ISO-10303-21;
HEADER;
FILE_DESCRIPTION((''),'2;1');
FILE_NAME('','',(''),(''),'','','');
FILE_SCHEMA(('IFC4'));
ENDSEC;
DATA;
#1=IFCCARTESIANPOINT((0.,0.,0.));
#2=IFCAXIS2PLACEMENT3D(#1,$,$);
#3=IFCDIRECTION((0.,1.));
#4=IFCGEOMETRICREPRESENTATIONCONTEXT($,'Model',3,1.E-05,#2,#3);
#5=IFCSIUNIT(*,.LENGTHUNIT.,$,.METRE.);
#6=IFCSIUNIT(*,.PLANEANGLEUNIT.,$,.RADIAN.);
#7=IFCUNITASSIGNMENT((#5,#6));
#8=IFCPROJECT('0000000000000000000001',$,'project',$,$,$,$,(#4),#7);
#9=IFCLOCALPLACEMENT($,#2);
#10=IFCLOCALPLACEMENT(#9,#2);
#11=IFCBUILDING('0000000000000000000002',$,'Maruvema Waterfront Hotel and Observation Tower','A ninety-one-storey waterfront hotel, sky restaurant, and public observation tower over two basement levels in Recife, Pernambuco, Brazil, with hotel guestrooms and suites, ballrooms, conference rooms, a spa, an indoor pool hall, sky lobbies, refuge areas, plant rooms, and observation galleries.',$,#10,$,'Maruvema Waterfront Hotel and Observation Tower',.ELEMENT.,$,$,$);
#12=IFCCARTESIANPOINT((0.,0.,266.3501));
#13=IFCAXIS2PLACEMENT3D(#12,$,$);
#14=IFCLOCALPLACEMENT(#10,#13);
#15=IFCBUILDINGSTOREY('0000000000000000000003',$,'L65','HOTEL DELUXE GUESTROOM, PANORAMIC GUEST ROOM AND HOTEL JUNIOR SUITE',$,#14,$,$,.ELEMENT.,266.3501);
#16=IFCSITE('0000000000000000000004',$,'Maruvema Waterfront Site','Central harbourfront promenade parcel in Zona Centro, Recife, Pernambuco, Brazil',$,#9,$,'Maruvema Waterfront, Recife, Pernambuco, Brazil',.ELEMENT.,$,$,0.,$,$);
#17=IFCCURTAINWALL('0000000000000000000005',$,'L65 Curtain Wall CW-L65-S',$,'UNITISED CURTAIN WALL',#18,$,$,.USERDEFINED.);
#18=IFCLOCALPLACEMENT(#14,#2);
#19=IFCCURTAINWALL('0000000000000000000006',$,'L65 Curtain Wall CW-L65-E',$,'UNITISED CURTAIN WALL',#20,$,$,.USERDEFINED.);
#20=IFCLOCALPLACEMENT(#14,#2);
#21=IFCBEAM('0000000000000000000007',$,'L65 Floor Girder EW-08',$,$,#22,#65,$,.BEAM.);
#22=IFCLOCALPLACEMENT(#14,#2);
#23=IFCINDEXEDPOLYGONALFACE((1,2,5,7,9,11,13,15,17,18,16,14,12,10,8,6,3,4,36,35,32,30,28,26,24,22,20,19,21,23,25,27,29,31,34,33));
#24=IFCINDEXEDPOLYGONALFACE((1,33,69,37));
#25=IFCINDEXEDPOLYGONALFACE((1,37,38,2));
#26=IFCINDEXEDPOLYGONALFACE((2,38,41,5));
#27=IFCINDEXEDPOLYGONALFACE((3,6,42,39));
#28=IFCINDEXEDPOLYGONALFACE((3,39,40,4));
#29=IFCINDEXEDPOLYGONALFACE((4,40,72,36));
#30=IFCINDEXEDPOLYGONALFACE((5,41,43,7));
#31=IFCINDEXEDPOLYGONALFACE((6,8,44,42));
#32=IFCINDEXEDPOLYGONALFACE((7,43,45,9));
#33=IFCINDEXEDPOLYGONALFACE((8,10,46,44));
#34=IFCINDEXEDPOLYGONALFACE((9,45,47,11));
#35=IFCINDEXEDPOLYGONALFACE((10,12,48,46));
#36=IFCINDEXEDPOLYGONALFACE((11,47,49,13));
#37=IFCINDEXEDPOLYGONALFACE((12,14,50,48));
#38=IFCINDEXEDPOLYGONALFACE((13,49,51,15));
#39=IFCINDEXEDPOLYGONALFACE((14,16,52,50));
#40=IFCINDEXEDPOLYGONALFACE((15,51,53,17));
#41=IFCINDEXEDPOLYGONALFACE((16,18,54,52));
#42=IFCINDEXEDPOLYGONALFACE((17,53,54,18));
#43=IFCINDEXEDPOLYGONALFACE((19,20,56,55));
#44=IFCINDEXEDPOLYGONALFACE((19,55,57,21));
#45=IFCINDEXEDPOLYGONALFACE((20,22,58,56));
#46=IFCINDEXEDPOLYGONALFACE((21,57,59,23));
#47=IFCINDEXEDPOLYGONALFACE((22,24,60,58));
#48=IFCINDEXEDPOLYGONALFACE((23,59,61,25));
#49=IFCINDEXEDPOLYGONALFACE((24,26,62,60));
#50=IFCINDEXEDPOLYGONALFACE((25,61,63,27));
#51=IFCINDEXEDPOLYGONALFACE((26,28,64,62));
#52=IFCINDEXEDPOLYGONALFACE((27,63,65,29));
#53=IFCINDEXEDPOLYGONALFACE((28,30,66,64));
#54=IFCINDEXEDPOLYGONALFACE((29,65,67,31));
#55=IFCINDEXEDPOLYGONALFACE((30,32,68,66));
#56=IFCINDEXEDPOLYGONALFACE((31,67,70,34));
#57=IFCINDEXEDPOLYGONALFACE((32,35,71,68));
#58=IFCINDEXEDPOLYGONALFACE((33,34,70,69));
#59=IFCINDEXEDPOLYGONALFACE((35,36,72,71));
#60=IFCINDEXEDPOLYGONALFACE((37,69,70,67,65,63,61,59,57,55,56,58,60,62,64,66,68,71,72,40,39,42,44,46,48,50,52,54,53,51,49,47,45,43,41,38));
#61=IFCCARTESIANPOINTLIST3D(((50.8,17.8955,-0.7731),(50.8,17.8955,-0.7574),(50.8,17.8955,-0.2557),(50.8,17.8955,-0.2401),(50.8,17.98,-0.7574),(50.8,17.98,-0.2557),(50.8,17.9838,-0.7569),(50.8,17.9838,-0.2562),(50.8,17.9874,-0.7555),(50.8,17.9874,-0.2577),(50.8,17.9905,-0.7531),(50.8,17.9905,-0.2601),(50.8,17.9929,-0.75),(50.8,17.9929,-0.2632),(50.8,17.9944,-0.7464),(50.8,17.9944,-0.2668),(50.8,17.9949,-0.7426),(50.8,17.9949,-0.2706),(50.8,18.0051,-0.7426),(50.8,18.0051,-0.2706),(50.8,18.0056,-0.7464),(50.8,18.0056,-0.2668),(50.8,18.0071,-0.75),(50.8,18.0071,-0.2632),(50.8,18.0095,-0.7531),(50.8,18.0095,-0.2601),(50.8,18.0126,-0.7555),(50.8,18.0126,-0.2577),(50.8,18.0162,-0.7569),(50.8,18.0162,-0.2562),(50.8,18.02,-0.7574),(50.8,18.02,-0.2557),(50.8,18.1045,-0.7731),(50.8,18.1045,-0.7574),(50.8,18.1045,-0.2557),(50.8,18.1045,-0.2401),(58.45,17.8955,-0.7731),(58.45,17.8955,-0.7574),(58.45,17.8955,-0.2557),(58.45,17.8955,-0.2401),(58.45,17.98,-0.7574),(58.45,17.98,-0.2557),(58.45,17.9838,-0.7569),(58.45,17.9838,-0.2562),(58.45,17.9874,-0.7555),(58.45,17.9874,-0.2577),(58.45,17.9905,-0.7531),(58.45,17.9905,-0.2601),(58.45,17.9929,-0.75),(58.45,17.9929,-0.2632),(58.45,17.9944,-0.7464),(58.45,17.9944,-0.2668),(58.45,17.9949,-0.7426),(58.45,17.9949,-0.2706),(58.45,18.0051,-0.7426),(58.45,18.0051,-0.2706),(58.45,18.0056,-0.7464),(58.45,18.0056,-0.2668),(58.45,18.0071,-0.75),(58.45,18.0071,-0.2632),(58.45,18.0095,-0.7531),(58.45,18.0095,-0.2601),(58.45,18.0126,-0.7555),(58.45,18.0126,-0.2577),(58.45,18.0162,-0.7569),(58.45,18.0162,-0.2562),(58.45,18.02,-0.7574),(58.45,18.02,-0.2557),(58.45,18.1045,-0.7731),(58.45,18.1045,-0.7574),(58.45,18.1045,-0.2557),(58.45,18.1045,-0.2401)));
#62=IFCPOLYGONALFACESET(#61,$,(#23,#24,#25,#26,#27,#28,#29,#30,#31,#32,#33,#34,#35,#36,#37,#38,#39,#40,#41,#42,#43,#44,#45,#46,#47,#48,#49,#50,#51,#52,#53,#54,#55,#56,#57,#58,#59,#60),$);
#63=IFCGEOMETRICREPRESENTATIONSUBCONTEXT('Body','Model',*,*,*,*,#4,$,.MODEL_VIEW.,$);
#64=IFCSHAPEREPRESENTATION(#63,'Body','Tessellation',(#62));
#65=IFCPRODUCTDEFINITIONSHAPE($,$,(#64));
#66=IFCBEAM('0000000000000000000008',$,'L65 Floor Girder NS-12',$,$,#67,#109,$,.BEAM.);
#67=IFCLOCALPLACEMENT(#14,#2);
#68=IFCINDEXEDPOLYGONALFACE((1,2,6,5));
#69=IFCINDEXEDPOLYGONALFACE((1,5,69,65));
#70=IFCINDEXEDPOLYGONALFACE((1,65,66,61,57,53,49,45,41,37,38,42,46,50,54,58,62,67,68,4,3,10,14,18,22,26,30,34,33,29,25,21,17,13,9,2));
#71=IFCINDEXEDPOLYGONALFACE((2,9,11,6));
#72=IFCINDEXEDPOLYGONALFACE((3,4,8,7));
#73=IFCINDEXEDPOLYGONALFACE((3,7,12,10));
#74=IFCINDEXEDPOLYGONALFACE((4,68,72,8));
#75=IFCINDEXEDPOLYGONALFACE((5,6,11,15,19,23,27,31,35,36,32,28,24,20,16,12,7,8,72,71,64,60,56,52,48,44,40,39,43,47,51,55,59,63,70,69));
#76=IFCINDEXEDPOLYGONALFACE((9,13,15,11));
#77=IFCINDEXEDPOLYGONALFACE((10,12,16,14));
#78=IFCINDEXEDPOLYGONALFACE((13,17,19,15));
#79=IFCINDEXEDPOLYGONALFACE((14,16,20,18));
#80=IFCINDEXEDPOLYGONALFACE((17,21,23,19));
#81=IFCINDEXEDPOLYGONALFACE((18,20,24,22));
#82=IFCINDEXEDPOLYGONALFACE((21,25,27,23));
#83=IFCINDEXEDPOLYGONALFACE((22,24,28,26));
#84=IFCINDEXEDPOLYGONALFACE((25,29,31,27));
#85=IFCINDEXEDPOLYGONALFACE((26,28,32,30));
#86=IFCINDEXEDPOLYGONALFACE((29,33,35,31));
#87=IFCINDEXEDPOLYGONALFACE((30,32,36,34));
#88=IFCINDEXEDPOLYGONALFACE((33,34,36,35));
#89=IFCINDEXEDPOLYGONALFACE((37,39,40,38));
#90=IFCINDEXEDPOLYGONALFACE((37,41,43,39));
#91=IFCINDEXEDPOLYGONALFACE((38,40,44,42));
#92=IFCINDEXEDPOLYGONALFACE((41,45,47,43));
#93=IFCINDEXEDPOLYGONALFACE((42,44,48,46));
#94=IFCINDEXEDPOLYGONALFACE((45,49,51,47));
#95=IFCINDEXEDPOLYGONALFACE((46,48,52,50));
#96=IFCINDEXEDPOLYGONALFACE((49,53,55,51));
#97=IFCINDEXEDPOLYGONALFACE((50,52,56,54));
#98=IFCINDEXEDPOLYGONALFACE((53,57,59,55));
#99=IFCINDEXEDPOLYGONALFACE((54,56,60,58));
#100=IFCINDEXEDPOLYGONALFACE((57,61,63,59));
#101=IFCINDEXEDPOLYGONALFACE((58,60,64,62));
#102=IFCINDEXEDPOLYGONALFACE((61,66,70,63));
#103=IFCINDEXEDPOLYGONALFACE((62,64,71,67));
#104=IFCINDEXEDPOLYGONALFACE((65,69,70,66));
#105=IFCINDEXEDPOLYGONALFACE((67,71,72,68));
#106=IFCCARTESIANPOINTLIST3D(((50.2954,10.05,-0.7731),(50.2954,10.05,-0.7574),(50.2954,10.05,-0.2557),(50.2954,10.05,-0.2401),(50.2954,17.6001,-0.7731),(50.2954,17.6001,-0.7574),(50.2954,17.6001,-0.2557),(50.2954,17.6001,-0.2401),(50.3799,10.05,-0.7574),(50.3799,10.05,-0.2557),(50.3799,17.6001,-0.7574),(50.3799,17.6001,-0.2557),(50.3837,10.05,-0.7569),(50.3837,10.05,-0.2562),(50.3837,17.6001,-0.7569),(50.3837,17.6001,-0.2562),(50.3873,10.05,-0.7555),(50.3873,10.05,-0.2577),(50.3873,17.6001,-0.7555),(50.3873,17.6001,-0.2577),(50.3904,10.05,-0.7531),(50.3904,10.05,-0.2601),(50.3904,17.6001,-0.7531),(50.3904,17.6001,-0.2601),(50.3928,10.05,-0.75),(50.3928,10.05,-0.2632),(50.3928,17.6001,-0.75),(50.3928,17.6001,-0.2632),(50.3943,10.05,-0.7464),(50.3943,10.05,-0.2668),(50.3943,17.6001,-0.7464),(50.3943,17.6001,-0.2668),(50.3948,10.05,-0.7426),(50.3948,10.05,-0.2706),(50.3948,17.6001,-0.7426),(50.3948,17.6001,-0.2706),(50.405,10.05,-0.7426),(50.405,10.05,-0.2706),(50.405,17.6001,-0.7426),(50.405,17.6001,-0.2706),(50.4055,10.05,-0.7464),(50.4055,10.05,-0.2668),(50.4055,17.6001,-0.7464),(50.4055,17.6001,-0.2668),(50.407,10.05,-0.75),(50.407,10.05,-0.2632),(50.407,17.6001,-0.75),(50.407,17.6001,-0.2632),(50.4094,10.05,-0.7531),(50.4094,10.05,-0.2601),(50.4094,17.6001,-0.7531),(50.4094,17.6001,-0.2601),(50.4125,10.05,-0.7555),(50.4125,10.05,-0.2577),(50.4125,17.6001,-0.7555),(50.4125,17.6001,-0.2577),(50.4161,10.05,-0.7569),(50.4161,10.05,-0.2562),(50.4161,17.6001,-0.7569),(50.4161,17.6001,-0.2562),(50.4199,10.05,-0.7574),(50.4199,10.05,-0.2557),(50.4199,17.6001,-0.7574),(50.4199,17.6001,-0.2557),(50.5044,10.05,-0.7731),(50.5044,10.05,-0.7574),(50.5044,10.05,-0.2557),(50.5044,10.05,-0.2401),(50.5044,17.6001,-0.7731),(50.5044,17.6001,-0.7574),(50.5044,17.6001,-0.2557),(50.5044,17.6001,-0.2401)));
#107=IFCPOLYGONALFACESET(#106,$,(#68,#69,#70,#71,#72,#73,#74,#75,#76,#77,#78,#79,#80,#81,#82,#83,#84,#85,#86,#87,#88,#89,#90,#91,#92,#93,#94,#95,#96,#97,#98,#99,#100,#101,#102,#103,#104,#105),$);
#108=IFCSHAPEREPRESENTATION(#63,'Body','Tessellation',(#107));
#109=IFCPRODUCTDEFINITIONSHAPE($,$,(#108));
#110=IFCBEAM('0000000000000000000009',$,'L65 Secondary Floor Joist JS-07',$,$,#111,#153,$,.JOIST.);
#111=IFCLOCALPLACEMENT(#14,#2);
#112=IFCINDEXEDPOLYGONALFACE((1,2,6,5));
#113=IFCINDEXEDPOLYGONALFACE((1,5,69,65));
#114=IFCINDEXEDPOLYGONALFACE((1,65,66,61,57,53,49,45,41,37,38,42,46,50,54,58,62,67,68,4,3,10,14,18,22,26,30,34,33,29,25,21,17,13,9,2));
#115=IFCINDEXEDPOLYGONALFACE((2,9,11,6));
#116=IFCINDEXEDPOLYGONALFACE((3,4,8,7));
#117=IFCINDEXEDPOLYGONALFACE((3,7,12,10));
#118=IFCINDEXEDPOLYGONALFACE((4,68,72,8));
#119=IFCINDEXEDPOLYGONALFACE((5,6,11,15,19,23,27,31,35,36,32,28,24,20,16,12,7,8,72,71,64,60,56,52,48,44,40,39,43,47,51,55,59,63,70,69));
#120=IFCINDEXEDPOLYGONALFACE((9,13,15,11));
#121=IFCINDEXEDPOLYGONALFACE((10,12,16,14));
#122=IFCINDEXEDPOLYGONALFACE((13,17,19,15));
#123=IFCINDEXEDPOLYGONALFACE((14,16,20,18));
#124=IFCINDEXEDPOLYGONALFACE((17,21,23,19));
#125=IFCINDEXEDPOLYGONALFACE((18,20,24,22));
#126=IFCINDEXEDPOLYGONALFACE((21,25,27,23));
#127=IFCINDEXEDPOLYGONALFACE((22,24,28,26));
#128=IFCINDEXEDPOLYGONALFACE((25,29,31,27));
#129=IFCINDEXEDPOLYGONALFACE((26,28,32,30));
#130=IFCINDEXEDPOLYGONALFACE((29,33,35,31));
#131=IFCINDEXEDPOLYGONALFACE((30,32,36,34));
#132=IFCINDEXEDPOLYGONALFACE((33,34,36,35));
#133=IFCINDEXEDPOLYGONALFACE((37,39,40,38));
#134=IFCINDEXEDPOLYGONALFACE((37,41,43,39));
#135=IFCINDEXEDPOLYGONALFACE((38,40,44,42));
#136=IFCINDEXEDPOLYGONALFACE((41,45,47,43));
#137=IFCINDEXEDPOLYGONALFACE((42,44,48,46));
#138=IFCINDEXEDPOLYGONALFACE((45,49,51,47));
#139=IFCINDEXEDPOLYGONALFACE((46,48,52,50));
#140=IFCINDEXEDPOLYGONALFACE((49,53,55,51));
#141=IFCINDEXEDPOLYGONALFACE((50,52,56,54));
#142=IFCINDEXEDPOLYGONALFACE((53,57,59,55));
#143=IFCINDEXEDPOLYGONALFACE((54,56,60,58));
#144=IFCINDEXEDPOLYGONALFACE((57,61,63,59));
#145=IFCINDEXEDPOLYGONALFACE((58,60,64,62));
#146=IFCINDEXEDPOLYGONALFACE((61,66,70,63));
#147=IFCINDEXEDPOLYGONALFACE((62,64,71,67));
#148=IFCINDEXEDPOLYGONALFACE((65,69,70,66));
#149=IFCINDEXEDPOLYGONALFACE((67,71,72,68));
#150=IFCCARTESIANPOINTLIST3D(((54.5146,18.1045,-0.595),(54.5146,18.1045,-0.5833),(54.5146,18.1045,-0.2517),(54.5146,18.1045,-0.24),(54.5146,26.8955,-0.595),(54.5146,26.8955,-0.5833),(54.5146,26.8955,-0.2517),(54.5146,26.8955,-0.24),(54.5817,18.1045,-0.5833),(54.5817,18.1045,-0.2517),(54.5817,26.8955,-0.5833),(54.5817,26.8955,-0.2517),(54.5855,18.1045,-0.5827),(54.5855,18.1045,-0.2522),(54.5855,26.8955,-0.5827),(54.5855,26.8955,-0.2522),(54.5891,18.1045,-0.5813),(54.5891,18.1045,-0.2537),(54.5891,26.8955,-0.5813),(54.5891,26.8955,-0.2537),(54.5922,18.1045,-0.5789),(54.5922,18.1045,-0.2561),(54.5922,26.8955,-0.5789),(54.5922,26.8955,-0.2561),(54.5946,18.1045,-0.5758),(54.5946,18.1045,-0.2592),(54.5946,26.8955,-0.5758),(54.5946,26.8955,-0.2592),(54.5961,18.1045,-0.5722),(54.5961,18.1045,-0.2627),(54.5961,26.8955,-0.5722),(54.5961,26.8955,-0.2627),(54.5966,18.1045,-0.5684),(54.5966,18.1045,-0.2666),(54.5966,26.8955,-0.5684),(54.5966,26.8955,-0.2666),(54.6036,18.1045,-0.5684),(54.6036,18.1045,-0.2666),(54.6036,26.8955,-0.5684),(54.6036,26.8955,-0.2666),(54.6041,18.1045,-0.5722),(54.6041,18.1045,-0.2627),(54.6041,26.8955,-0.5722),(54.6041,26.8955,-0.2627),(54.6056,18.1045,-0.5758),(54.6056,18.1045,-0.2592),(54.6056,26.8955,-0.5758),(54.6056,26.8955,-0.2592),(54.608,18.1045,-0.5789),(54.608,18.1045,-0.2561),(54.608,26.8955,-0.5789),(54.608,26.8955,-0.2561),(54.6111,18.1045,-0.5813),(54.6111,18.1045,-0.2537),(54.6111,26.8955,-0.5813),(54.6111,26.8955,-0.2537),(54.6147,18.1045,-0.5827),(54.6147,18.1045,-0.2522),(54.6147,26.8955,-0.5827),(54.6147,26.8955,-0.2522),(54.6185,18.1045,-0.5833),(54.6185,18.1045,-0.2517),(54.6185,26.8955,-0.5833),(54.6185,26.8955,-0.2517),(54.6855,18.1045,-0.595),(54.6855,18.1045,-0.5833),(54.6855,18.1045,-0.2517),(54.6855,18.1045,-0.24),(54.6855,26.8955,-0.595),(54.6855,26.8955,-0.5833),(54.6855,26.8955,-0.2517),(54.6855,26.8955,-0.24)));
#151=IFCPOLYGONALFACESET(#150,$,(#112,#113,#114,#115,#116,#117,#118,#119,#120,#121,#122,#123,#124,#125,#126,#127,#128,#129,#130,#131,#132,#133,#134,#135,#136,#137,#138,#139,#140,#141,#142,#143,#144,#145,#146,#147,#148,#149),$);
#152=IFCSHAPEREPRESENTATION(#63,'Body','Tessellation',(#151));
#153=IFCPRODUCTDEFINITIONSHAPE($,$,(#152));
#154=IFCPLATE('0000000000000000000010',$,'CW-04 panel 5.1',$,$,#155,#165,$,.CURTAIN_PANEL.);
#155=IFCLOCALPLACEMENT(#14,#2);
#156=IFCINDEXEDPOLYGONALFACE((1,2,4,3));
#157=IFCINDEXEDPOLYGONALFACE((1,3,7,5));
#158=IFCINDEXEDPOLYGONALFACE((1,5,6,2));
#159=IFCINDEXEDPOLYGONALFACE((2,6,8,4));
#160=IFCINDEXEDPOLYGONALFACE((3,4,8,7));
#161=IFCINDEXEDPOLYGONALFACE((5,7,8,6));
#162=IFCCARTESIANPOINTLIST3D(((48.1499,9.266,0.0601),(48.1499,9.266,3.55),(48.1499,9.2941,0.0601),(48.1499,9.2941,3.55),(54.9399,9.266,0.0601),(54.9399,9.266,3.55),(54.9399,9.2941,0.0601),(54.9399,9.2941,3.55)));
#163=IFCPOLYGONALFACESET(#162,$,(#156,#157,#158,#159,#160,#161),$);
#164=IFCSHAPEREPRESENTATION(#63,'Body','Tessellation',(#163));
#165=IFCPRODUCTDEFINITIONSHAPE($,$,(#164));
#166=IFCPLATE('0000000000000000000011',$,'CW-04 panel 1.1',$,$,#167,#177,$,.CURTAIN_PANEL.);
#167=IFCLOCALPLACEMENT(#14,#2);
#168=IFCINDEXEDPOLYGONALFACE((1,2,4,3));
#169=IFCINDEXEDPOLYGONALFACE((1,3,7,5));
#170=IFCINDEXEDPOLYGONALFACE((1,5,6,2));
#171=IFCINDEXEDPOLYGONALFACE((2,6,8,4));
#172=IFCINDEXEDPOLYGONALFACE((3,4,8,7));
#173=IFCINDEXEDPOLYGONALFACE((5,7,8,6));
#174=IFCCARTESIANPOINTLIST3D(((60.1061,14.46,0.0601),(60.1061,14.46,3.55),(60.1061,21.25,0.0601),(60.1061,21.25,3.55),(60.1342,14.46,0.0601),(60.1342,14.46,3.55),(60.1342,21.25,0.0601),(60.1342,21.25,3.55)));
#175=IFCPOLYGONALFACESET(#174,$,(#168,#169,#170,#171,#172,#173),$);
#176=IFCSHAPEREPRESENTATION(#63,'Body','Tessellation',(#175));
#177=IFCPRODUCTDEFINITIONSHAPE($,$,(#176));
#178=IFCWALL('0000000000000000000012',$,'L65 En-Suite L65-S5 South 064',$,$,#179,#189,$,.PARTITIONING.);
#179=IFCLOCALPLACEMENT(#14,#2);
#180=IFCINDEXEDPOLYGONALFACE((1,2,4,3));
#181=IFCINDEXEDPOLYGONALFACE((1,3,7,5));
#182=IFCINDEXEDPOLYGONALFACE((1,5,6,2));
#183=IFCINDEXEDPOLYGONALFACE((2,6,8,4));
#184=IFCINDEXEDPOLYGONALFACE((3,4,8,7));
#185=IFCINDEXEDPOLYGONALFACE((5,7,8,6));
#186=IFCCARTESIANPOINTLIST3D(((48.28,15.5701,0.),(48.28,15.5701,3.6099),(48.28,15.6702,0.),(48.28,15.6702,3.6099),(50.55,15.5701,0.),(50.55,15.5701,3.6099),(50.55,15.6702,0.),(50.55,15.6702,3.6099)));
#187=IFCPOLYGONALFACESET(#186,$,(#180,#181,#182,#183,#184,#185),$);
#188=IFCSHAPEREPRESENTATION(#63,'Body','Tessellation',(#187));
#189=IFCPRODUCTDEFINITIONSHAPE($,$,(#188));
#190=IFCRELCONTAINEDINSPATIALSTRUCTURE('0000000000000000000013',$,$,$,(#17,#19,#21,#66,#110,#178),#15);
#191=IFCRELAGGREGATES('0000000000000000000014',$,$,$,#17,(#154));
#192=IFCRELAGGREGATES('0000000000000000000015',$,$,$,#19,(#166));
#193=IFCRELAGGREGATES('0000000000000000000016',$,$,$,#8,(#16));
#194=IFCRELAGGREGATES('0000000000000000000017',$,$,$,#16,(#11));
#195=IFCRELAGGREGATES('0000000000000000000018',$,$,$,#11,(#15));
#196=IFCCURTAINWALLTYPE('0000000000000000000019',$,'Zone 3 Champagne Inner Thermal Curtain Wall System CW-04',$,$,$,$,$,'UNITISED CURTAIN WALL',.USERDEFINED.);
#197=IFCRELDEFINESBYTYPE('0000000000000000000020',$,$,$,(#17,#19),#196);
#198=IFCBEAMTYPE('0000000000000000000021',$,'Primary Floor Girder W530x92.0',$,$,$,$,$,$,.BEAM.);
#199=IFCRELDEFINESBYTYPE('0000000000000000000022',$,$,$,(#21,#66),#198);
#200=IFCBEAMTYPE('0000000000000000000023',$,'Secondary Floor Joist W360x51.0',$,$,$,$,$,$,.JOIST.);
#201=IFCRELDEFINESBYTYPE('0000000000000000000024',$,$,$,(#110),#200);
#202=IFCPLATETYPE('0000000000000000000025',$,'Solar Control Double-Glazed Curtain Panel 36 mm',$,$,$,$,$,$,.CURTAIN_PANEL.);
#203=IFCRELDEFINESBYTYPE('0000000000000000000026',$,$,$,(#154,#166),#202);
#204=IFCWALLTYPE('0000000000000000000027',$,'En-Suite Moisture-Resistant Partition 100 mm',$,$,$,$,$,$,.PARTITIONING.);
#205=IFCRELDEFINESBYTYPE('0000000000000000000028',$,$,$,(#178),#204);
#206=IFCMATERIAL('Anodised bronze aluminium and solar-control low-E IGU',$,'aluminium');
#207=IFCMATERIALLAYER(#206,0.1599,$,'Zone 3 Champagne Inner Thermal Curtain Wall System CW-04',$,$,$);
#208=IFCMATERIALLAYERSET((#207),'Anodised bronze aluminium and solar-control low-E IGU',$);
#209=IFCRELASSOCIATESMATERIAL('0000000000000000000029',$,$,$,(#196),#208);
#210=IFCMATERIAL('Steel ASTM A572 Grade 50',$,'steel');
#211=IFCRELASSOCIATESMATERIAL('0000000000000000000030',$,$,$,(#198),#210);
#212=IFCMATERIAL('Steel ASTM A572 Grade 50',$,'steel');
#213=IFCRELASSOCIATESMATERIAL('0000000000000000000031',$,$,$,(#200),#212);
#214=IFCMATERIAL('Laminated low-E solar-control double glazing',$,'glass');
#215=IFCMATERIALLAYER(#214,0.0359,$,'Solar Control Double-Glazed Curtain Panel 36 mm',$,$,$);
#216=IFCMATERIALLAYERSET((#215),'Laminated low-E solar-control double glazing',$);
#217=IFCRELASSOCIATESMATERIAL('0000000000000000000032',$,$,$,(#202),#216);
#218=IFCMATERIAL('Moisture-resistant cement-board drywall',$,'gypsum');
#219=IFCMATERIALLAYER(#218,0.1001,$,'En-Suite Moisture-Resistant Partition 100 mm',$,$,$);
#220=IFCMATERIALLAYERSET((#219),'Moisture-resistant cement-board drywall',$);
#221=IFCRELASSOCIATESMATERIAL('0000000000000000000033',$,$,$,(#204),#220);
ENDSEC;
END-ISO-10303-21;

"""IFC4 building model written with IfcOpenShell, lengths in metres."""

from ifc_helpers import new_model, si_unit, direction, frame, frame_2d, origin, origin_2d, place, context, subcontext, project, spatial, rectangle, i_section, extrude, material, layer, layer_set, material_profile, profile_set, type_object, element, aggregate, save


model = new_model("IFC4")

# Units and contexts
model_context = context("Model", 3, precision=1e-05, world=origin(), true_north=direction((0.0, 1.0)))
body_context = subcontext(model_context, "Body", "Model", "MODEL_VIEW")
ifc_project = project(units=[si_unit("LENGTHUNIT", "METRE"), si_unit("PLANEANGLEUNIT", "RADIAN")], contexts=[model_context])

# Site, building, storey
site_placement = place(None, origin())
site = spatial("IfcSite", under=ifc_project, at=site_placement, Name="Maruvema Waterfront Site", Description="Central harbourfront promenade parcel in Zona Centro, Recife, Pernambuco, Brazil", LongName="Maruvema Waterfront, Recife, Pernambuco, Brazil", CompositionType="ELEMENT", RefElevation=0.0)
building_placement = place(site_placement, origin())
building = spatial("IfcBuilding", under=site, at=building_placement, Name="Maruvema Waterfront Hotel and Observation Tower", Description="A ninety-one-storey waterfront hotel, sky restaurant, and public observation tower over two basement levels in Recife, Pernambuco, Brazil, with hotel guestrooms and suites, ballrooms, conference rooms, a spa, an indoor pool hall, sky lobbies, refuge areas, plant rooms, and observation galleries.", LongName="Maruvema Waterfront Hotel and Observation Tower", CompositionType="ELEMENT")
storey_placement = place(building_placement, frame((0.0, 0.0, 266.3501)))
storey = spatial("IfcBuildingStorey", under=building, at=storey_placement, Name="L65", Description="HOTEL DELUXE GUESTROOM, PANORAMIC GUEST ROOM AND HOTEL JUNIOR SUITE", CompositionType="ELEMENT", Elevation=266.3501)

# Curtain walls
ifc_material_1 = material(Name="Anodised bronze aluminium and solar-control low-E IGU", Category="aluminium")
ifc_layer_1 = layer(ifc_material_1, 0.1599, Name="Zone 3 Champagne Inner Thermal Curtain Wall System CW-04")
ifc_layer_set_1 = layer_set([ifc_layer_1], Name="Anodised bronze aluminium and solar-control low-E IGU")
curtain_wall_type = type_object("IfcCurtainWallType", Name="Zone 3 Champagne Inner Thermal Curtain Wall System CW-04", ElementType="UNITISED CURTAIN WALL", PredefinedType="USERDEFINED", material=ifc_layer_set_1)
curtain_wall_1_placement = place(storey_placement, origin())
curtain_wall_1 = element("IfcCurtainWall", 1, at=curtain_wall_1_placement, inside=storey, type_object=curtain_wall_type, Name="L65 Curtain Wall CW-L65-S", ObjectType="UNITISED CURTAIN WALL", PredefinedType="USERDEFINED")
curtain_wall_2_placement = place(storey_placement, origin())
curtain_wall_2 = element("IfcCurtainWall", 2, at=curtain_wall_2_placement, inside=storey, type_object=curtain_wall_type, Name="L65 Curtain Wall CW-L65-E", ObjectType="UNITISED CURTAIN WALL", PredefinedType="USERDEFINED")

# Beams
ifc_material_2 = material(Name="Steel ASTM A572 Grade 50", Category="steel")
ifc_material_profile_1 = material_profile(ifc_material_2, i_section(OverallWidth=0.209, OverallDepth=0.533, WebThickness=0.0103, FlangeThickness=0.0156, FilletRadius=0.0149, at=origin_2d()), Name="W530x92.0")
ifc_profile_set_1 = profile_set([ifc_material_profile_1], Name="Steel ASTM A572 Grade 50")
beam_type_1 = type_object("IfcBeamType", Name="Primary Floor Girder W530x92.0", PredefinedType="BEAM", material=ifc_profile_set_1)
beam_1_placement = place(storey_placement, frame((50.8, 18.0, -0.5066), z_axis=(1.0, 0.0, 0.0), x_axis=(0.0, 1.0, 0.0)))
element("IfcBeam", 3, at=beam_1_placement, inside=storey, type_object=beam_type_1, Name="L65 Floor Girder EW-08", PredefinedType="BEAM", context=body_context, shape_type="SweptSolid", body=[
    extrude(i_section(OverallWidth=0.209, OverallDepth=0.533, WebThickness=0.0103, FlangeThickness=0.0156, FilletRadius=0.0149, at=origin_2d()), origin(), (0.0, 0.0, 1.0), 7.6499),
])
beam_2_placement = place(storey_placement, frame((50.3999, 10.05, -0.5066), z_axis=(0.0, 1.0, 0.0), x_axis=(-1.0, 0.0, 0.0)))
element("IfcBeam", 4, at=beam_2_placement, inside=storey, type_object=beam_type_1, Name="L65 Floor Girder NS-12", PredefinedType="BEAM", context=body_context, shape_type="SweptSolid", body=[
    extrude(i_section(OverallWidth=0.209, OverallDepth=0.533, WebThickness=0.0103, FlangeThickness=0.0156, FilletRadius=0.0149, at=origin_2d()), origin(), (0.0, 0.0, 1.0), 7.55),
])
ifc_material_3 = material(Name="Steel ASTM A572 Grade 50", Category="steel")
ifc_material_profile_2 = material_profile(ifc_material_3, i_section(OverallWidth=0.1709, OverallDepth=0.355, WebThickness=0.0071, FlangeThickness=0.0117, FilletRadius=0.0149, at=origin_2d()), Name="W360x51.0")
ifc_profile_set_2 = profile_set([ifc_material_profile_2], Name="Steel ASTM A572 Grade 50")
beam_type_2 = type_object("IfcBeamType", Name="Secondary Floor Joist W360x51.0", PredefinedType="JOIST", material=ifc_profile_set_2)
beam_3_placement = place(storey_placement, frame((54.6001, 18.1045, -0.4175), z_axis=(0.0, 1.0, 0.0), x_axis=(-1.0, 0.0, 0.0)))
element("IfcBeam", 5, at=beam_3_placement, inside=storey, type_object=beam_type_2, Name="L65 Secondary Floor Joist JS-07", PredefinedType="JOIST", context=body_context, shape_type="SweptSolid", body=[
    extrude(i_section(OverallWidth=0.1709, OverallDepth=0.355, WebThickness=0.0071, FlangeThickness=0.0117, FilletRadius=0.0149, at=origin_2d()), origin(), (0.0, 0.0, 1.0), 8.791),
])

# Plates
ifc_material_4 = material(Name="Laminated low-E solar-control double glazing", Category="glass")
ifc_layer_2 = layer(ifc_material_4, 0.0359, Name="Solar Control Double-Glazed Curtain Panel 36 mm")
ifc_layer_set_2 = layer_set([ifc_layer_2], Name="Laminated low-E solar-control double glazing")
plate_type = type_object("IfcPlateType", Name="Solar Control Double-Glazed Curtain Panel 36 mm", PredefinedType="CURTAIN_PANEL", material=ifc_layer_set_2)
plate_1_placement = place(storey_placement, frame((51.5449, 9.28, 0.0601), z_axis=(0.0, 0.0, 1.0), x_axis=(1.0, 0.0, 0.0)))
plate_1 = element("IfcPlate", 6, at=plate_1_placement, type_object=plate_type, Name="CW-04 panel 5.1", PredefinedType="CURTAIN_PANEL", context=body_context, shape_type="SweptSolid", body=[
    extrude(rectangle(XDim=6.79, YDim=0.0281, at=origin_2d()), origin(), (0.0, 0.0, 1.0), 3.49),
])
aggregate(curtain_wall_1, [plate_1])
plate_2_placement = place(storey_placement, frame((60.1201, 17.855, 0.0601), z_axis=(0.0, 0.0, 1.0), x_axis=(0.0, 1.0, 0.0)))
plate_2 = element("IfcPlate", 7, at=plate_2_placement, type_object=plate_type, Name="CW-04 panel 1.1", PredefinedType="CURTAIN_PANEL", context=body_context, shape_type="SweptSolid", body=[
    extrude(rectangle(XDim=6.79, YDim=0.0281, at=origin_2d()), origin(), (0.0, 0.0, 1.0), 3.49),
])
aggregate(curtain_wall_2, [plate_2])

# Wall
ifc_material_5 = material(Name="Moisture-resistant cement-board drywall", Category="gypsum")
ifc_layer_3 = layer(ifc_material_5, 0.1001, Name="En-Suite Moisture-Resistant Partition 100 mm")
ifc_layer_set_3 = layer_set([ifc_layer_3], Name="Moisture-resistant cement-board drywall")
wall_type_1 = type_object("IfcWallType", Name="En-Suite Moisture-Resistant Partition 100 mm", PredefinedType="PARTITIONING", material=ifc_layer_set_3)
wall_1_placement = place(storey_placement, frame((48.28, 15.6201, 0.0), z_axis=(0.0, 0.0, 1.0), x_axis=(1.0, 0.0, 0.0)))
element("IfcWall", 8, at=wall_1_placement, inside=storey, type_object=wall_type_1, Name="L65 En-Suite L65-S5 South 064", PredefinedType="PARTITIONING", context=body_context, shape_type="SweptSolid", body=[
    extrude(rectangle(XDim=2.27, YDim=0.1001, at=frame_2d((1.135, 0.0))), origin(), (0.0, 0.0, 1.0), 3.6099),
])

save(model, "model.ifc")
